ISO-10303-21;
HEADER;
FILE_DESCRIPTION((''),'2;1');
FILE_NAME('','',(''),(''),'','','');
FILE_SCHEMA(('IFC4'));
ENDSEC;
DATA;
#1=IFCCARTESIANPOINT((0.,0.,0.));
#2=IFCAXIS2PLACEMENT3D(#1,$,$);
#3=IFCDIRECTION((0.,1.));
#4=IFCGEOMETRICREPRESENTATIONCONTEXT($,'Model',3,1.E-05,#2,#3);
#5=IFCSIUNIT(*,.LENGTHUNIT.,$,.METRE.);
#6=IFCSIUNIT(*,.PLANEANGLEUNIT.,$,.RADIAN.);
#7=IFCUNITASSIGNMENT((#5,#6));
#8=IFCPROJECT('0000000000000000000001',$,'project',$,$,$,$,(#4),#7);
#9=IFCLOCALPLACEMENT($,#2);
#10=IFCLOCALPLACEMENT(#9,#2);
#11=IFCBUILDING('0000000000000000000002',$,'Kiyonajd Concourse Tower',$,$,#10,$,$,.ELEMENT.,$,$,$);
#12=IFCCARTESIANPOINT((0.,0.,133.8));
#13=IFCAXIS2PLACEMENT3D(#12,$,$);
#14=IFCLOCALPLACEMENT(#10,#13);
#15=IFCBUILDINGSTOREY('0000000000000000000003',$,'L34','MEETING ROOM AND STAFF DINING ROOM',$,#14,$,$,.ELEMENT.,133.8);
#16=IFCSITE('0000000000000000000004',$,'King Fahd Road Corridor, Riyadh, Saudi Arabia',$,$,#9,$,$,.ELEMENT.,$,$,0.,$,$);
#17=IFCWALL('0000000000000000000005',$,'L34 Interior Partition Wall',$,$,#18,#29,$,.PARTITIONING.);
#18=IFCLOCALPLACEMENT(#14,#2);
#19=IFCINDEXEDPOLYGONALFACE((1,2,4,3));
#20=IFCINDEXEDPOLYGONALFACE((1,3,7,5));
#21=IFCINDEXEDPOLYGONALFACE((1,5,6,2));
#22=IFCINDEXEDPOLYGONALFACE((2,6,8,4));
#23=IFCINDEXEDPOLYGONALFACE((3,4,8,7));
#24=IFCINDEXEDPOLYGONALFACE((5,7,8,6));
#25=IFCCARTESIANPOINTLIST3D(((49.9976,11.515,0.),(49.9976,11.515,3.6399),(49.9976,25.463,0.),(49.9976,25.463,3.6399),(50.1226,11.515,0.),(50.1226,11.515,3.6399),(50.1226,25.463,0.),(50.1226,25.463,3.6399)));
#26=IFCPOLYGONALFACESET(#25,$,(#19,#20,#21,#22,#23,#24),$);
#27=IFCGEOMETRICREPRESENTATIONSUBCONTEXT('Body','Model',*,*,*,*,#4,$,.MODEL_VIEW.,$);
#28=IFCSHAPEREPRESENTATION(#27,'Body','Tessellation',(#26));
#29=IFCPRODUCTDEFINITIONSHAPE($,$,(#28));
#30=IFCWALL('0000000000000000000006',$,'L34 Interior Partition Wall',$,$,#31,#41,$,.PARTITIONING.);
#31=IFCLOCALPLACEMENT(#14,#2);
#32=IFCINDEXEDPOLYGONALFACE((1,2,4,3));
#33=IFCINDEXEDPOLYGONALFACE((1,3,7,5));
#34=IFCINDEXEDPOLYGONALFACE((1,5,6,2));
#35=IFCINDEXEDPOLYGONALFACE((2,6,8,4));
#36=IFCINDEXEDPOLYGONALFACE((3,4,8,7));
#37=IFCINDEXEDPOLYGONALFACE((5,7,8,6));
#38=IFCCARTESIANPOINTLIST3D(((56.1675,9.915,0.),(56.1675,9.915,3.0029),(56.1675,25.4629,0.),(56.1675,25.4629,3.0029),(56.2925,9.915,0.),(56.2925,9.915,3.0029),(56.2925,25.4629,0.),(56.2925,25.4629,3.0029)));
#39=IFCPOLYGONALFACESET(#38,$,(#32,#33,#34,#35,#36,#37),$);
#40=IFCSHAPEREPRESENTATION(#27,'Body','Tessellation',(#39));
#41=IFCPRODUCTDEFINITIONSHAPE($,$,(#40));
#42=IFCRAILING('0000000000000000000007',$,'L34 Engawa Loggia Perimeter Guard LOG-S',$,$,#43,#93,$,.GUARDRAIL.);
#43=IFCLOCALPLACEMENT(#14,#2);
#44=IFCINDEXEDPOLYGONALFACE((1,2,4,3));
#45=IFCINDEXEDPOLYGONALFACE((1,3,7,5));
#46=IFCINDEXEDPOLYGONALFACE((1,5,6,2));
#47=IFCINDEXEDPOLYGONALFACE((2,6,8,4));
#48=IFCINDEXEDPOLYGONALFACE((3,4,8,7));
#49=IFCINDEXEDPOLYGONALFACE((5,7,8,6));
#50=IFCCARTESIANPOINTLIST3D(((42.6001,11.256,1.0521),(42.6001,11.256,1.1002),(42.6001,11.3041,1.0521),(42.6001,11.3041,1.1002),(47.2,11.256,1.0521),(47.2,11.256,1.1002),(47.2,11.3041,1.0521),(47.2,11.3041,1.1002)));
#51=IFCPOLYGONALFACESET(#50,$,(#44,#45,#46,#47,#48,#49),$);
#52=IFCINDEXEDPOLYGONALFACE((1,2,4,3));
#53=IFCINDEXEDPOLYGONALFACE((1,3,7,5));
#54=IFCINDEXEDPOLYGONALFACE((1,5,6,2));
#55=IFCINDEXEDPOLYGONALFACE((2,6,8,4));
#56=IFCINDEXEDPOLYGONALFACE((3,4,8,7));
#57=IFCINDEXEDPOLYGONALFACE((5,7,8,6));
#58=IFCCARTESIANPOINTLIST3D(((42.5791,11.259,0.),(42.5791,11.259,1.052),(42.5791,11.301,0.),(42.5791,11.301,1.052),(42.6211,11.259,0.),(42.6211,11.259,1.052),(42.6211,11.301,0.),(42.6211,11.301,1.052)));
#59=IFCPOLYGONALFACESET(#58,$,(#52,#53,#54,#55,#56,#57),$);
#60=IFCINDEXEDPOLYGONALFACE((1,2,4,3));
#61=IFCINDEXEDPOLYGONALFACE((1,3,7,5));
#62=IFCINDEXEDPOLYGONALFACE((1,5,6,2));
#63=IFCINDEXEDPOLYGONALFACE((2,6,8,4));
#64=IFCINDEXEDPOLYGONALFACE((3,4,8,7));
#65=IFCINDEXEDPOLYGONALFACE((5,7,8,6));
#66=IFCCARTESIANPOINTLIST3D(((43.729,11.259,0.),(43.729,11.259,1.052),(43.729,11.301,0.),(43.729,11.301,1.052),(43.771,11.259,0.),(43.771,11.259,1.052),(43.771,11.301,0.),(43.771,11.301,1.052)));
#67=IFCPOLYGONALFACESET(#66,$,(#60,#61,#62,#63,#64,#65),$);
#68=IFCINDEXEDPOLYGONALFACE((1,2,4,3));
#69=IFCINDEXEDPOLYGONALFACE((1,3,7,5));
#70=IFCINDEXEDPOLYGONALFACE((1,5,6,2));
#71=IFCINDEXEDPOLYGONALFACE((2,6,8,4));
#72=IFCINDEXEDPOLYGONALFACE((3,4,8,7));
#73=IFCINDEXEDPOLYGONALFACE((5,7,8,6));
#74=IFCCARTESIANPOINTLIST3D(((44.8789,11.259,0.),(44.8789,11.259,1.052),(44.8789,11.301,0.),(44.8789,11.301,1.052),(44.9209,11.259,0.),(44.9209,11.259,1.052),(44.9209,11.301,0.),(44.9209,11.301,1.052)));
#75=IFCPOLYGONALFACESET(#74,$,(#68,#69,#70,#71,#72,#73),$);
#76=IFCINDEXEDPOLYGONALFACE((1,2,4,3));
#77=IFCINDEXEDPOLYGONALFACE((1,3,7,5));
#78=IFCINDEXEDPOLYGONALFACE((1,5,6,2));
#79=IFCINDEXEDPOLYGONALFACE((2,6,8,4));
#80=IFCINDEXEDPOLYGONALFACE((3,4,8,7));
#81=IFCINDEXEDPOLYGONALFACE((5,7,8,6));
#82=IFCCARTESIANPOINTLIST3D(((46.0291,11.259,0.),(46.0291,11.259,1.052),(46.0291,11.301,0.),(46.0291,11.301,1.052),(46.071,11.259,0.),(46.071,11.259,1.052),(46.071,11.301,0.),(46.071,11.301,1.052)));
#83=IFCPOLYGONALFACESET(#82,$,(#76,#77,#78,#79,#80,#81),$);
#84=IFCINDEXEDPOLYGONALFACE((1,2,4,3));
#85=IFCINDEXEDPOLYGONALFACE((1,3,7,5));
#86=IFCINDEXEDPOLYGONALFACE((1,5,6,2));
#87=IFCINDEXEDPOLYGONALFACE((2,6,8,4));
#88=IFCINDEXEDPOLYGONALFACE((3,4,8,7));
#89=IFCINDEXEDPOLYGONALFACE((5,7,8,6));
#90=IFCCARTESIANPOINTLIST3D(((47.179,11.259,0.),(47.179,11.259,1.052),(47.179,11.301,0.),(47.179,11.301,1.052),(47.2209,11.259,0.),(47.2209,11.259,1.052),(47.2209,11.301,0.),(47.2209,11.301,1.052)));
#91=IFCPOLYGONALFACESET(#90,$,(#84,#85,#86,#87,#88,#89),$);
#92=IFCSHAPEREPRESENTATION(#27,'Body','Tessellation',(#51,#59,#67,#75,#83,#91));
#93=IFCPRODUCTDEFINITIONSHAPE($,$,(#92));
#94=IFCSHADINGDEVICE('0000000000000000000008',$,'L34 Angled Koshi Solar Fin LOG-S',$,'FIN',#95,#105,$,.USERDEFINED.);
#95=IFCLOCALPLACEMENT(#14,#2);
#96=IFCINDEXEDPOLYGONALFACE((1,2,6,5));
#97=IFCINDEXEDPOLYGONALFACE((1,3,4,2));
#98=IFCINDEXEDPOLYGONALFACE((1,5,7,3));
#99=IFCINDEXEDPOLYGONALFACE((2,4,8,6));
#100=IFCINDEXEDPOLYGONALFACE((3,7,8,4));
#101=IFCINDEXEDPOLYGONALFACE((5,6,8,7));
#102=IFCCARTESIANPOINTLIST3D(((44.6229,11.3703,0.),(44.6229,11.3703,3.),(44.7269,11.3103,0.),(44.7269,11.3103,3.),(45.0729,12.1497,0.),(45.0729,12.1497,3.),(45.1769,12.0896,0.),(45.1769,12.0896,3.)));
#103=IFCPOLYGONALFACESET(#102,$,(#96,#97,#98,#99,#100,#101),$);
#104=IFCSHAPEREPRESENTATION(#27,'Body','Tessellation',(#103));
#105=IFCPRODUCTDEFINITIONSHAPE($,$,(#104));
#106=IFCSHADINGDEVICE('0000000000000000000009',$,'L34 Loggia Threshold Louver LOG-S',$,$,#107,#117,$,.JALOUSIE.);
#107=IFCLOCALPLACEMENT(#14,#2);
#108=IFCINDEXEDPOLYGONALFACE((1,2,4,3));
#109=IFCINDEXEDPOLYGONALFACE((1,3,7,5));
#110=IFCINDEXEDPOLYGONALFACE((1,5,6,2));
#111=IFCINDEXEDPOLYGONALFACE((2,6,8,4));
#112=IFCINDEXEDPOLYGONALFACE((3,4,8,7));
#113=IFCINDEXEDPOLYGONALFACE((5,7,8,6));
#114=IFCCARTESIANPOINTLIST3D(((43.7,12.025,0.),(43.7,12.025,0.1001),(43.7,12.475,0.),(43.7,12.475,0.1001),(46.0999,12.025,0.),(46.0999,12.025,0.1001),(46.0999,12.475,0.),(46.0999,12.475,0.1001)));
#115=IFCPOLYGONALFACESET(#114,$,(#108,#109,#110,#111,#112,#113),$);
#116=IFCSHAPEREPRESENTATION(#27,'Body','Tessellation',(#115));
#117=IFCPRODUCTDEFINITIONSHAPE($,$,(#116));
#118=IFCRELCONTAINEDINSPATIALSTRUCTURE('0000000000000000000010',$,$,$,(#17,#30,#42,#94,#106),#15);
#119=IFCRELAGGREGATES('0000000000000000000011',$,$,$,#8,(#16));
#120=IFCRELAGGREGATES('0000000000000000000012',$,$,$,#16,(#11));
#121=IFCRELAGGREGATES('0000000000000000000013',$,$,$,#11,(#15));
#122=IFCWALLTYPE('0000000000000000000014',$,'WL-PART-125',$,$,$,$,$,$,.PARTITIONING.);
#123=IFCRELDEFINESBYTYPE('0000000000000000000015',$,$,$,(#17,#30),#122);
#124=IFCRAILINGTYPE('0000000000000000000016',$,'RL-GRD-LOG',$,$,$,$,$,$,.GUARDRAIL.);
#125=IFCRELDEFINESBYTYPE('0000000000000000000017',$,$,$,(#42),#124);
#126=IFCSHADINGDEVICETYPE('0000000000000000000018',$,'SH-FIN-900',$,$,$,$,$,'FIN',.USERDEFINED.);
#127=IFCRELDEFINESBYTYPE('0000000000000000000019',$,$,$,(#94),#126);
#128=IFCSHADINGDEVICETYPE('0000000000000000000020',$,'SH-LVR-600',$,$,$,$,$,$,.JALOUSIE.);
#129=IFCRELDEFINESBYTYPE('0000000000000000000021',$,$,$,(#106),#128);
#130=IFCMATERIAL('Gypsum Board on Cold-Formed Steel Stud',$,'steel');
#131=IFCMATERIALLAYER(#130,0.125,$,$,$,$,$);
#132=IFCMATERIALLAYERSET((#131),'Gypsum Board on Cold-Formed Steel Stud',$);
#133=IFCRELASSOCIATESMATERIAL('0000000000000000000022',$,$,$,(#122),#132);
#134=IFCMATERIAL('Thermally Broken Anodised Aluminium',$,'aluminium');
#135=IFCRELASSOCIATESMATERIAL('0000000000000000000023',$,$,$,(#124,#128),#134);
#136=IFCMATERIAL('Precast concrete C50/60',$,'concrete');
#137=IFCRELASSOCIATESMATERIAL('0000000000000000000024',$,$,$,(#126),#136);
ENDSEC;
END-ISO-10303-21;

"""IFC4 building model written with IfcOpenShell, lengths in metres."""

from ifc_helpers import new_model, si_unit, direction, frame, frame_2d, origin, origin_2d, place, context, subcontext, project, spatial, rectangle, extrude, material, layer, layer_set, type_object, element, save


model = new_model("IFC4")

# Units and contexts
model_context = context("Model", 3, precision=1e-05, world=origin(), true_north=direction((0.0, 1.0)))
body_context = subcontext(model_context, "Body", "Model", "MODEL_VIEW")
ifc_project = project(units=[si_unit("LENGTHUNIT", "METRE"), si_unit("PLANEANGLEUNIT", "RADIAN")], contexts=[model_context])

# Site, building, storey
site_placement = place(None, origin())
site = spatial("IfcSite", under=ifc_project, at=site_placement, Name="King Fahd Road Corridor, Riyadh, Saudi Arabia", CompositionType="ELEMENT", RefElevation=0.0)
building_placement = place(site_placement, origin())
building = spatial("IfcBuilding", under=site, at=building_placement, Name="Kiyonajd Concourse Tower", CompositionType="ELEMENT")
storey_placement = place(building_placement, frame((0.0, 0.0, 133.8)))
storey = spatial("IfcBuildingStorey", under=building, at=storey_placement, Name="L34", Description="MEETING ROOM AND STAFF DINING ROOM", CompositionType="ELEMENT", Elevation=133.8)

# Shared definitions
ifc_material_1 = material(Name="Precast concrete C50/60", Category="concrete")

# Shared definitions
ifc_material_2 = material(Name="Thermally Broken Anodised Aluminium", Category="aluminium")

# Walls
ifc_material_3 = material(Name="Gypsum Board on Cold-Formed Steel Stud", Category="steel")
ifc_layer_1 = layer(ifc_material_3, 0.125)
ifc_layer_set_1 = layer_set([ifc_layer_1], Name="Gypsum Board on Cold-Formed Steel Stud")
wall_type_1 = type_object("IfcWallType", Name="WL-PART-125", PredefinedType="PARTITIONING", material=ifc_layer_set_1)
wall_1_placement = place(storey_placement, frame((50.0601, 11.5149, 0.0), z_axis=(0.0, 0.0, 1.0), x_axis=(0.0, 1.0, 0.0)))
element("IfcWall", 1, at=wall_1_placement, inside=storey, type_object=wall_type_1, Name="L34 Interior Partition Wall", PredefinedType="PARTITIONING", context=body_context, shape_type="SweptSolid", body=[
    extrude(rectangle(XDim=13.948, YDim=0.125, at=frame_2d((6.9741, 0.0))), origin(), (0.0, 0.0, 1.0), 3.6399),
])
wall_2_placement = place(storey_placement, frame((56.23, 9.915, 0.0), z_axis=(0.0, 0.0, 1.0), x_axis=(0.0, 1.0, 0.0)))
element("IfcWall", 2, at=wall_2_placement, inside=storey, type_object=wall_type_1, Name="L34 Interior Partition Wall", PredefinedType="PARTITIONING", context=body_context, shape_type="SweptSolid", body=[
    extrude(rectangle(XDim=15.5479, YDim=0.125, at=frame_2d((7.7739, 0.0))), origin(), (0.0, 0.0, 1.0), 3.0029),
])

# Railing
railing_type = type_object("IfcRailingType", Name="RL-GRD-LOG", PredefinedType="GUARDRAIL", material=ifc_material_2)
railing_placement = place(storey_placement, frame((42.6001, 11.28, 0.0)))
element("IfcRailing", 3, at=railing_placement, inside=storey, type_object=railing_type, Name="L34 Engawa Loggia Perimeter Guard LOG-S", PredefinedType="GUARDRAIL", context=body_context, shape_type="SweptSolid", body=[
    extrude(rectangle(XDim=0.0481, YDim=0.0481, at=origin_2d()), frame((0.0, 0.0, 1.0762), z_axis=(1.0, 0.0, 0.0), x_axis=(0.0, 1.0, 0.0)), (0.0, 0.0, 1.0), 4.5999),
    extrude(rectangle(XDim=0.042, YDim=0.042, at=origin_2d()), origin(), (0.0, 0.0, 1.0), 1.052),
    extrude(rectangle(XDim=0.042, YDim=0.042, at=origin_2d()), frame((1.1499, 0.0, 0.0)), (0.0, 0.0, 1.0), 1.052),
    extrude(rectangle(XDim=0.042, YDim=0.042, at=origin_2d()), frame((2.2998, 0.0, 0.0)), (0.0, 0.0, 1.0), 1.052),
    extrude(rectangle(XDim=0.042, YDim=0.042, at=origin_2d()), frame((3.45, 0.0, 0.0)), (0.0, 0.0, 1.0), 1.052),
    extrude(rectangle(XDim=0.042, YDim=0.042, at=origin_2d()), frame((4.5999, 0.0, 0.0)), (0.0, 0.0, 1.0), 1.052),
])

# Shading devices
shading_device_type_1 = type_object("IfcShadingDeviceType", Name="SH-FIN-900", ElementType="FIN", PredefinedType="USERDEFINED", material=ifc_material_1)
shading_device_1_placement = place(storey_placement, frame((44.8999, 11.73, 0.0), z_axis=(0.0, 0.0, 1.0), x_axis=(0.5, 0.866025, 0.0)))
element("IfcShadingDevice", 4, at=shading_device_1_placement, inside=storey, type_object=shading_device_type_1, Name="L34 Angled Koshi Solar Fin LOG-S", ObjectType="FIN", PredefinedType="USERDEFINED", context=body_context, shape_type="SweptSolid", body=[
    extrude(rectangle(XDim=0.8999, YDim=0.1201, at=origin_2d()), origin(), (0.0, 0.0, 1.0), 3.0),
])
shading_device_type_2 = type_object("IfcShadingDeviceType", Name="SH-LVR-600", PredefinedType="JALOUSIE", material=ifc_material_2)
shading_device_2_placement = place(storey_placement, frame((44.8999, 12.25, 0.0), z_axis=(0.0, 0.0, 1.0), x_axis=(1.0, 0.0, 0.0)))
element("IfcShadingDevice", 5, at=shading_device_2_placement, inside=storey, type_object=shading_device_type_2, Name="L34 Loggia Threshold Louver LOG-S", PredefinedType="JALOUSIE", context=body_context, shape_type="SweptSolid", body=[
    extrude(rectangle(XDim=2.3999, YDim=0.45, at=origin_2d()), origin(), (0.0, 0.0, 1.0), 0.1001),
])

save(model, "model.ifc")
